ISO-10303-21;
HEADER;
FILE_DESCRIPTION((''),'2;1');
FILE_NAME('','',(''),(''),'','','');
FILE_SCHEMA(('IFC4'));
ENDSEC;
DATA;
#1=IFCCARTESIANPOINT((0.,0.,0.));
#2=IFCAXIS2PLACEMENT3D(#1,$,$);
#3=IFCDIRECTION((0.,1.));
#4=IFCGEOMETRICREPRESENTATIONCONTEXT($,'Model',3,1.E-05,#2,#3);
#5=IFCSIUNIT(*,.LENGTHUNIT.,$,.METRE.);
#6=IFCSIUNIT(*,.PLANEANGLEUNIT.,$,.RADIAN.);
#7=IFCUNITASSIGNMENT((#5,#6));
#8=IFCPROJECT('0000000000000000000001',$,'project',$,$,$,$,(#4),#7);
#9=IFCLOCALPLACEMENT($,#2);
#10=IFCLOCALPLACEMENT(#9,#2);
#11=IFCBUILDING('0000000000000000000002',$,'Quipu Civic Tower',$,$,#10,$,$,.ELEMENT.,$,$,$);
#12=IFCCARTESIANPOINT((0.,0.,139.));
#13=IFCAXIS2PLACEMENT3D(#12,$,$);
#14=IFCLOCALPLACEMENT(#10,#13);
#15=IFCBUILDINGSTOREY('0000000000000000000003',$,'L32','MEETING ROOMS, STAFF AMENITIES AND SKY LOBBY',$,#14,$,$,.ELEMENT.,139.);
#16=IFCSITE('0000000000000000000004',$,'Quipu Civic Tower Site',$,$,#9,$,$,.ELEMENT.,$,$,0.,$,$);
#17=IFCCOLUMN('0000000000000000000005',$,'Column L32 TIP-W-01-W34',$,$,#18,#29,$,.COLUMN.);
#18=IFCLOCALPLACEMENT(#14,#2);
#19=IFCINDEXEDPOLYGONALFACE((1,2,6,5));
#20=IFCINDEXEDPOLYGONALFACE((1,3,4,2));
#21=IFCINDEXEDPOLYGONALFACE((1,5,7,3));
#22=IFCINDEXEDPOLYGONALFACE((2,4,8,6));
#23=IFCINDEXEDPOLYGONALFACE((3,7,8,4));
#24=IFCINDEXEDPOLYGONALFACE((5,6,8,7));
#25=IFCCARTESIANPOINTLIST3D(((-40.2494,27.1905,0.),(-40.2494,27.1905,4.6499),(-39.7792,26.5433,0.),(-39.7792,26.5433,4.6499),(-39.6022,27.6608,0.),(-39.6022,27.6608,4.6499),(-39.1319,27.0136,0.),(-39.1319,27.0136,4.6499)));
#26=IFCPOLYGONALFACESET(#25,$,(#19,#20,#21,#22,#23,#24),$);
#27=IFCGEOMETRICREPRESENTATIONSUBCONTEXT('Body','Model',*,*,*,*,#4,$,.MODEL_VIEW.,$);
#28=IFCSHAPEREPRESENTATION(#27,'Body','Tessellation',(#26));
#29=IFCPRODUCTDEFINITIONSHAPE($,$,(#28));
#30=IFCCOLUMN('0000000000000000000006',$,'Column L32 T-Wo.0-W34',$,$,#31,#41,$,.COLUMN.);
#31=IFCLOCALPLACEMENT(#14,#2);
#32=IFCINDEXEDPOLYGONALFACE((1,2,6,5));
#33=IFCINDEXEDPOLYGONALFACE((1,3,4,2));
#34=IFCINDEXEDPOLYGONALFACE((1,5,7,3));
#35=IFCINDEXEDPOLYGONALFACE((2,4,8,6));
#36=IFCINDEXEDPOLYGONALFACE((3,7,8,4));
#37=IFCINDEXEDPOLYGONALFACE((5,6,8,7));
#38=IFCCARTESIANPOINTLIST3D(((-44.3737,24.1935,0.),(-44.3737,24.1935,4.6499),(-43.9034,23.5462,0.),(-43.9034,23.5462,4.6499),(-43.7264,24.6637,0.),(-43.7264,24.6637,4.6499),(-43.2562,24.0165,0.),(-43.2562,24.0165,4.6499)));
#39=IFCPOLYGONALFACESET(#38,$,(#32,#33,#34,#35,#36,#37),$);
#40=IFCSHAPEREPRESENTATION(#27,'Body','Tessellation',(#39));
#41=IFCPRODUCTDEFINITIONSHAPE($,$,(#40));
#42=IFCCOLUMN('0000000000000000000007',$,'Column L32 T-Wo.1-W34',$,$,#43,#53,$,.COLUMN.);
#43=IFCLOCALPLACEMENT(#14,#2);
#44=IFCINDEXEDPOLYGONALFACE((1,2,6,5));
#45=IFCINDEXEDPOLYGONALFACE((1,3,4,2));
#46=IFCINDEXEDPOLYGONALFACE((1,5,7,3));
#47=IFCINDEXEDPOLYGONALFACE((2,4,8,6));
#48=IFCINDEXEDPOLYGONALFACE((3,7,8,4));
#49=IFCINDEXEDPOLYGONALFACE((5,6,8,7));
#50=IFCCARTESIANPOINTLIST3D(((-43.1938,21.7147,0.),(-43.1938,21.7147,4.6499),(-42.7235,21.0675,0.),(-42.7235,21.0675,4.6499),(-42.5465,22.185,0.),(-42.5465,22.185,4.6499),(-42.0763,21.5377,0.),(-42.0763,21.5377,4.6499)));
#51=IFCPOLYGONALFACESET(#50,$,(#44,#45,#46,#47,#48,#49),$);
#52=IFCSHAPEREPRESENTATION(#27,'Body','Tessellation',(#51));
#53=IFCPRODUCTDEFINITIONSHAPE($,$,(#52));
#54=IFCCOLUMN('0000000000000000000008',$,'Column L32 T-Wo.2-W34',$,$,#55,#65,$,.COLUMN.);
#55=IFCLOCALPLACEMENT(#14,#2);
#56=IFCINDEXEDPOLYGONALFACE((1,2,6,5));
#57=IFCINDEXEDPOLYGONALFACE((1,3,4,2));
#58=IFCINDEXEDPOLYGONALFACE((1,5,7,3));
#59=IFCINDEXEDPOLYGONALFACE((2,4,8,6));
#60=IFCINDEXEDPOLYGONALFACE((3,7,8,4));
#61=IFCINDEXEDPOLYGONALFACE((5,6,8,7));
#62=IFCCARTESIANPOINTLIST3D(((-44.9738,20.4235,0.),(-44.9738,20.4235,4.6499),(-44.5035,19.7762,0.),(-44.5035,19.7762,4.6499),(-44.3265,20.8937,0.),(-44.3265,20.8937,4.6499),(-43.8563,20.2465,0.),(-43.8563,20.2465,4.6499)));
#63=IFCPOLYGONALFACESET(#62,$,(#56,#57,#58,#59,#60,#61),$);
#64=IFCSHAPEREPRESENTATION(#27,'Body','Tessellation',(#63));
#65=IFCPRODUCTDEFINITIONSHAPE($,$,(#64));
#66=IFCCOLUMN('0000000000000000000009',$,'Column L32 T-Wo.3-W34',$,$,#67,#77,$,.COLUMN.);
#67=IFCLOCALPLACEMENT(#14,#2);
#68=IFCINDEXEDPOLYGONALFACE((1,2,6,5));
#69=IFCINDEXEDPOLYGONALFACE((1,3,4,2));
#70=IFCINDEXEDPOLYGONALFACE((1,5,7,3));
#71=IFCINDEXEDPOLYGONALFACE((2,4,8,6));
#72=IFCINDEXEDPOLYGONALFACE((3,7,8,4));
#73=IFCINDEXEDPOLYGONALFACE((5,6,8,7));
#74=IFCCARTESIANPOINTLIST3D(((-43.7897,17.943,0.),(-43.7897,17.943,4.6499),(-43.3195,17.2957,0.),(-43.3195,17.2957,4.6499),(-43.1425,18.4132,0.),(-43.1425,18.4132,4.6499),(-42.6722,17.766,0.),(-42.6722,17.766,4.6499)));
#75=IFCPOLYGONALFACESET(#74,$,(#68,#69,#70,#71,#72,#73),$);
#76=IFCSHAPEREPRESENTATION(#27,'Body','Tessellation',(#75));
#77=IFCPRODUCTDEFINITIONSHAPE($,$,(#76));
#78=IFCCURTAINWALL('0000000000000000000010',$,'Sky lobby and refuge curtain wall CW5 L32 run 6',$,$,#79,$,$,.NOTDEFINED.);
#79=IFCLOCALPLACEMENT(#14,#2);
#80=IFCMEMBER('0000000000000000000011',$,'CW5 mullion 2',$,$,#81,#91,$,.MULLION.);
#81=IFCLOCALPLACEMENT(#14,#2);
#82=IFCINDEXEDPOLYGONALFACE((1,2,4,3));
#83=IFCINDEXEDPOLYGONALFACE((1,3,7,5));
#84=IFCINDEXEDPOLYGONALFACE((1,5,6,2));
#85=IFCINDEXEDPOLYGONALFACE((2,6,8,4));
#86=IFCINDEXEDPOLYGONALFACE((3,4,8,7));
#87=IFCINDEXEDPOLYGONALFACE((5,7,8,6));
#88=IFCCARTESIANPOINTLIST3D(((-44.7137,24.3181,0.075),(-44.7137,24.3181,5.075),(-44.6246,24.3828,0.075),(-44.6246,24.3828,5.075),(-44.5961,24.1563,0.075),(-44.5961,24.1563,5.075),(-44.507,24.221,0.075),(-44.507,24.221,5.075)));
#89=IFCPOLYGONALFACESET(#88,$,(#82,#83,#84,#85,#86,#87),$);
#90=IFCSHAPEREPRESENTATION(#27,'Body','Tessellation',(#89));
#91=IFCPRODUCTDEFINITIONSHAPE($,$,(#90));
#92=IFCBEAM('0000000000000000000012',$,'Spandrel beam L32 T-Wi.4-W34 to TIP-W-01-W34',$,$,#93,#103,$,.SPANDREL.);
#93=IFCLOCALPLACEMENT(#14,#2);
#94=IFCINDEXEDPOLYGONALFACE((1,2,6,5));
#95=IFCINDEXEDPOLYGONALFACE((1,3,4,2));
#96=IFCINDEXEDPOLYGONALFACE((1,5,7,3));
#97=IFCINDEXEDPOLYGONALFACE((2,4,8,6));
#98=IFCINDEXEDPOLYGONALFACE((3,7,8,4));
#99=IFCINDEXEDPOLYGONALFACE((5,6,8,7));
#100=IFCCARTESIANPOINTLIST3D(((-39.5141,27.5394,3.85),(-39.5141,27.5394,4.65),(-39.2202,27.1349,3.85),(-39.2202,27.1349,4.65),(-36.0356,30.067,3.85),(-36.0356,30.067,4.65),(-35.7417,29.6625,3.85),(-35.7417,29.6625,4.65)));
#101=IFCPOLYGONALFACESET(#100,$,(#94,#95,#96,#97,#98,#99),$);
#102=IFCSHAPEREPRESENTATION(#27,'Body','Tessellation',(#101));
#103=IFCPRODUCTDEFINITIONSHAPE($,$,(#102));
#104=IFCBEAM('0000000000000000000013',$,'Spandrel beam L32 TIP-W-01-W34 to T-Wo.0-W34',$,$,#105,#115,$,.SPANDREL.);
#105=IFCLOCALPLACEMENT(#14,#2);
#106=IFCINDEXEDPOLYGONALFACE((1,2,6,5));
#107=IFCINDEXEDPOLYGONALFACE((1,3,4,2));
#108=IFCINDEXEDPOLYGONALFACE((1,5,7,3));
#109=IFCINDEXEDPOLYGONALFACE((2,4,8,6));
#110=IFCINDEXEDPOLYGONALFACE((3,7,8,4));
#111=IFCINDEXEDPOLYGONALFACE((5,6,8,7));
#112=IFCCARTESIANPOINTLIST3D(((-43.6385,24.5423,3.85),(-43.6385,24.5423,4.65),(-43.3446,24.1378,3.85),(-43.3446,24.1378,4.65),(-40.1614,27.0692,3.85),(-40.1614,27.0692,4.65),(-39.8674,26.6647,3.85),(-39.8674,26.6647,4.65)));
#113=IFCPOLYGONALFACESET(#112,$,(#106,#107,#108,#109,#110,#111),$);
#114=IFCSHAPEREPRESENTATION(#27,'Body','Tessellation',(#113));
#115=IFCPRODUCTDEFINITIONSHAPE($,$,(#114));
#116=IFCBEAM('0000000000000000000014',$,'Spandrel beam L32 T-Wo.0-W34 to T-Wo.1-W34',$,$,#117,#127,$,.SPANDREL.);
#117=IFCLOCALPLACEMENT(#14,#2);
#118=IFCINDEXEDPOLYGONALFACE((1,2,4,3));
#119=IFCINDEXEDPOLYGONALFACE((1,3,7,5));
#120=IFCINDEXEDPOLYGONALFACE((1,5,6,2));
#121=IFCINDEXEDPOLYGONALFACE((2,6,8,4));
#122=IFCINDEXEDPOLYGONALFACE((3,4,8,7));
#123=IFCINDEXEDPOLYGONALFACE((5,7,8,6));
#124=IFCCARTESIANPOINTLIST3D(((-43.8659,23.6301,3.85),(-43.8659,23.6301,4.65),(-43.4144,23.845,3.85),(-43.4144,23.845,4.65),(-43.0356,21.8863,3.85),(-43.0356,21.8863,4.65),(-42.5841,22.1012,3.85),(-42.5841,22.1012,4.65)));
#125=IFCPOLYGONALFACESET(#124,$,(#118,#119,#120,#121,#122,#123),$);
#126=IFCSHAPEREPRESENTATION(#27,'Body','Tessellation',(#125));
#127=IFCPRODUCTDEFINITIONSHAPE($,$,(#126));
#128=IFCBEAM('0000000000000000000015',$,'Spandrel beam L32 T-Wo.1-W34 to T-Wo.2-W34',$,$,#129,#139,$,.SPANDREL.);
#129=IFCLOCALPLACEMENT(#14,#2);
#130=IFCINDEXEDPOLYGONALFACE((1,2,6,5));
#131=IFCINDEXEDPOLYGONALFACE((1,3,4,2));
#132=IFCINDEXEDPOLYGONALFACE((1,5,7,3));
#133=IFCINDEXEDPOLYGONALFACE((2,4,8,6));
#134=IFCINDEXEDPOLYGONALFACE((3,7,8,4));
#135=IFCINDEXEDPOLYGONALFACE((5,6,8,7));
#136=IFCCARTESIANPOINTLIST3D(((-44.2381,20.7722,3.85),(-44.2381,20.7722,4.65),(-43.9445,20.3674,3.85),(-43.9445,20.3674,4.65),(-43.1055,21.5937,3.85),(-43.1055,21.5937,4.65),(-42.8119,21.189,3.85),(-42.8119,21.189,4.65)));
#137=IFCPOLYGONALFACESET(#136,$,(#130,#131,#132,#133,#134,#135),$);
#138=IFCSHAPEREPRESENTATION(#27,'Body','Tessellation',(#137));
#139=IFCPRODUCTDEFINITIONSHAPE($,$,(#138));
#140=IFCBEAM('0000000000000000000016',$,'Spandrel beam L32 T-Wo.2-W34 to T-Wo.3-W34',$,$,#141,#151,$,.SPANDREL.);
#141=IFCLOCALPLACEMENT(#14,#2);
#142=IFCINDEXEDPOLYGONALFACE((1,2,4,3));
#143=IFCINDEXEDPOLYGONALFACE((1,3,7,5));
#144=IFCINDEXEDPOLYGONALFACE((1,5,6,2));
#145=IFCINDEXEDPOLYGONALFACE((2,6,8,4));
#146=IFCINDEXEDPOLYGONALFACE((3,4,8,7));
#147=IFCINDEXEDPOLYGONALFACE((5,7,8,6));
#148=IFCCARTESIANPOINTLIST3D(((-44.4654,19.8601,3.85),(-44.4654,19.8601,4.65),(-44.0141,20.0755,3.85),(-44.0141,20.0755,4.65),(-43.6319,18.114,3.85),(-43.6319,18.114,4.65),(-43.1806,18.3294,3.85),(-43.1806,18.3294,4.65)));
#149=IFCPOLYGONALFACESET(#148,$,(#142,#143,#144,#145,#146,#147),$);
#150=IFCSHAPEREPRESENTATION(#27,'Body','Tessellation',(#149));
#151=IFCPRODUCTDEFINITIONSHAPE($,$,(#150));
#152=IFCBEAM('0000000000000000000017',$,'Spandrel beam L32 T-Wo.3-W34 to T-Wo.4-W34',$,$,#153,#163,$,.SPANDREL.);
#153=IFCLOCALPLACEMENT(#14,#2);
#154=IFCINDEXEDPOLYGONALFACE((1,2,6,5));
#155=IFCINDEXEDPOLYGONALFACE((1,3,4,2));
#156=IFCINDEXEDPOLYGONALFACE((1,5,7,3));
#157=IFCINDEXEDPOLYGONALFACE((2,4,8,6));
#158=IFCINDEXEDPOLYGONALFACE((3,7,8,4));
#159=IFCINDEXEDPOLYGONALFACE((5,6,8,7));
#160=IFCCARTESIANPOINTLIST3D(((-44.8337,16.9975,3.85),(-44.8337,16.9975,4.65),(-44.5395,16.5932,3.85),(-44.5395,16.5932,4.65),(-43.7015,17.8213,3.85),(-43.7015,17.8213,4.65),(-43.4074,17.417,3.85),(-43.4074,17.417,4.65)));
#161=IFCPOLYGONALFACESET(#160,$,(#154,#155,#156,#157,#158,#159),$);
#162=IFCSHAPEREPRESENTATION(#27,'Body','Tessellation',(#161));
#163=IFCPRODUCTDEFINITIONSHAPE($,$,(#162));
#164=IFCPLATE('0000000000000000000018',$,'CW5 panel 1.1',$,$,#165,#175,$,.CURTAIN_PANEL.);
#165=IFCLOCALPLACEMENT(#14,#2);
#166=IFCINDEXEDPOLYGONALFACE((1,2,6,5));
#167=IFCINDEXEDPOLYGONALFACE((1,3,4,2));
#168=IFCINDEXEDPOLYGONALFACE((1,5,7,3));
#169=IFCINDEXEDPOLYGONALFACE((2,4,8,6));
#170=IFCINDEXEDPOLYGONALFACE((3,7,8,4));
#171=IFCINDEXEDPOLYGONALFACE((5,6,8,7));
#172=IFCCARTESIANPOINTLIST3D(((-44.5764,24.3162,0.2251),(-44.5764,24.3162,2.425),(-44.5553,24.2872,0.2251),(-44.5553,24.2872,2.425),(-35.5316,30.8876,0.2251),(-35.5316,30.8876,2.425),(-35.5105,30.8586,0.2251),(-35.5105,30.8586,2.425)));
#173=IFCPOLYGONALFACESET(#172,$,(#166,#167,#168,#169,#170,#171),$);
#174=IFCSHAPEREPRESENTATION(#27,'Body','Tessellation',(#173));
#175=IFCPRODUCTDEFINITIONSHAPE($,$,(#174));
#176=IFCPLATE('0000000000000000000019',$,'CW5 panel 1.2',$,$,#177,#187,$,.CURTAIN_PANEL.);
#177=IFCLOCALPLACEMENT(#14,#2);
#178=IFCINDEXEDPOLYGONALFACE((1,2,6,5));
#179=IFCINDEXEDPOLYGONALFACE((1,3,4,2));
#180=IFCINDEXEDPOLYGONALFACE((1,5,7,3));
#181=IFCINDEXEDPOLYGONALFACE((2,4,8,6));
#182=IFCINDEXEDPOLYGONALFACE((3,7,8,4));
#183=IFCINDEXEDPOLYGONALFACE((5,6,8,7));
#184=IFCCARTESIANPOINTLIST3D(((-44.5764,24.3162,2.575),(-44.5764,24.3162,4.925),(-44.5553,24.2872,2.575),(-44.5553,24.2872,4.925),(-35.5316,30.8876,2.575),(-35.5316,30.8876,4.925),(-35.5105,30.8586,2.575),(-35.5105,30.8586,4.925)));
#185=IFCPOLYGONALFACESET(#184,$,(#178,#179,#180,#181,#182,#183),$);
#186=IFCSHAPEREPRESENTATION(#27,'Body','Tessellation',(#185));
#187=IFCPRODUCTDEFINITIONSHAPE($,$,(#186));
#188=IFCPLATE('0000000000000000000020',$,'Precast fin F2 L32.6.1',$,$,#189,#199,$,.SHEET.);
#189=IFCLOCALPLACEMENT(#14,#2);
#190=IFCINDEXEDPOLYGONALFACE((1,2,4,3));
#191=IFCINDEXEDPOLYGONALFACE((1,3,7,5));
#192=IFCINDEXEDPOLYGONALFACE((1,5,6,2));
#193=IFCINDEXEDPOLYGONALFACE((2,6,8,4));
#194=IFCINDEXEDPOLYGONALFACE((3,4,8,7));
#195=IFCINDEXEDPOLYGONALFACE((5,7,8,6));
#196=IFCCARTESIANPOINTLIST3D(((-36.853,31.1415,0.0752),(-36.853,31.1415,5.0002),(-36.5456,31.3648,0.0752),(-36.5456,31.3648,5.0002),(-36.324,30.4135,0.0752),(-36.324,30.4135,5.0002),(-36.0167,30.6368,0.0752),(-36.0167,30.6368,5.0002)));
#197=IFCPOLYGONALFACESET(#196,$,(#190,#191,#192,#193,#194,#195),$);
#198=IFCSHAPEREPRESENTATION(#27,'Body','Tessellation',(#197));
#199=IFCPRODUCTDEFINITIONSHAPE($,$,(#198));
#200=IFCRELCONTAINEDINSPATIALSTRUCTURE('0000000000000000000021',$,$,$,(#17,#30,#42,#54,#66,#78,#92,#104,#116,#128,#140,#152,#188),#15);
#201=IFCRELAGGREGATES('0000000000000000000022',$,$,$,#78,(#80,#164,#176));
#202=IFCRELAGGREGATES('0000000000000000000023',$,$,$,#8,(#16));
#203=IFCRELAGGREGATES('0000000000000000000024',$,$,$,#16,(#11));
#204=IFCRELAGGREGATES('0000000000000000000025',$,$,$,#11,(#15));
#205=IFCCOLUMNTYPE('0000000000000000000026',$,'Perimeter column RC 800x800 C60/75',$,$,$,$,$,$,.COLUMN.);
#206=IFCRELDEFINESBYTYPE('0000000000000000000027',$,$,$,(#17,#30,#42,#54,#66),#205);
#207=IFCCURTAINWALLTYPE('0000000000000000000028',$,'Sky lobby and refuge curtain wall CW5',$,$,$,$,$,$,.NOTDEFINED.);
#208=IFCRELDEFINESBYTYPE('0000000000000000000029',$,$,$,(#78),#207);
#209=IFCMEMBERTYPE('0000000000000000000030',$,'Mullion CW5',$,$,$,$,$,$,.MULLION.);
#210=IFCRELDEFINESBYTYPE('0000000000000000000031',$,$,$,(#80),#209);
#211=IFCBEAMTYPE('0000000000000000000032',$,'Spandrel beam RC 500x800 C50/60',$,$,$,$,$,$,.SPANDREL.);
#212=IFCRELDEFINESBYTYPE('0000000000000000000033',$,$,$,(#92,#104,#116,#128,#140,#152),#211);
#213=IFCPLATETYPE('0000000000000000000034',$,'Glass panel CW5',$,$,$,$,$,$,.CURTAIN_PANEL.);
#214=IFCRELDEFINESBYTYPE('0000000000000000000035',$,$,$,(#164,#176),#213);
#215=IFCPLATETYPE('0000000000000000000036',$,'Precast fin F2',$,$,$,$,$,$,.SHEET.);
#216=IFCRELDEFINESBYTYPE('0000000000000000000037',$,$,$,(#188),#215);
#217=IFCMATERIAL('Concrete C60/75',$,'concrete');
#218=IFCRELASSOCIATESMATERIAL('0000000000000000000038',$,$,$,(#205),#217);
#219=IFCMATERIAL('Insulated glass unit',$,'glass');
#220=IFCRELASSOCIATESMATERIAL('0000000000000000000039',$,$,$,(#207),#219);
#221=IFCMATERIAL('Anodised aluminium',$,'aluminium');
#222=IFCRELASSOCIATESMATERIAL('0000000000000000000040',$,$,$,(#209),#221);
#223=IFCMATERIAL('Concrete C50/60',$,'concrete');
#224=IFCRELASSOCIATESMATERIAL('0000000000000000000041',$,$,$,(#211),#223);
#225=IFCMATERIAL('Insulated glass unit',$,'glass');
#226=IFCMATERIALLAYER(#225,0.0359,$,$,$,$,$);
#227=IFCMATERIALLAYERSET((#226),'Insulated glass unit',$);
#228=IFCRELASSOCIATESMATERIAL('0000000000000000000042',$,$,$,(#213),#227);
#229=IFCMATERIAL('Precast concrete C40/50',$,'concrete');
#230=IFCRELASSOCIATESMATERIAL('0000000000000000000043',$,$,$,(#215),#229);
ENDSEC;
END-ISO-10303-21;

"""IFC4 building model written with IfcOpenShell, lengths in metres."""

from ifc_helpers import new_model, si_unit, direction, frame, origin, origin_2d, place, context, subcontext, project, spatial, rectangle, extrude, material, layer, layer_set, material_profile, profile_set, type_object, element, aggregate, save


model = new_model("IFC4")

# Units and contexts
model_context = context("Model", 3, precision=1e-05, world=origin(), true_north=direction((0.0, 1.0)))
body_context = subcontext(model_context, "Body", "Model", "MODEL_VIEW")
ifc_project = project(units=[si_unit("LENGTHUNIT", "METRE"), si_unit("PLANEANGLEUNIT", "RADIAN")], contexts=[model_context])

# Site, building, storey
site_placement = place(None, origin())
site = spatial("IfcSite", under=ifc_project, at=site_placement, Name="Quipu Civic Tower Site", CompositionType="ELEMENT", RefElevation=0.0)
building_placement = place(site_placement, origin())
building = spatial("IfcBuilding", under=site, at=building_placement, Name="Quipu Civic Tower", CompositionType="ELEMENT")
storey_placement = place(building_placement, frame((0.0, 0.0, 139.0)))
storey = spatial("IfcBuildingStorey", under=building, at=storey_placement, Name="L32", Description="MEETING ROOMS, STAFF AMENITIES AND SKY LOBBY", CompositionType="ELEMENT", Elevation=139.0)

# Columns
ifc_material_1 = material(Name="Concrete C60/75", Category="concrete")
ifc_material_profile_1 = material_profile(ifc_material_1, rectangle(XDim=0.8, YDim=0.8, at=origin_2d()), Name="RC800x800")
ifc_profile_set_1 = profile_set([ifc_material_profile_1], Name="Concrete C60/75")
column_type = type_object("IfcColumnType", Name="Perimeter column RC 800x800 C60/75", PredefinedType="COLUMN", material=ifc_profile_set_1)
for number, where, z_axis, x_axis, name in (
    (1, (-39.6907, 27.1021, 0.0), (0.0, 0.0, 1.0), (-0.809017, -0.587785, 0.0), "Column L32 TIP-W-01-W34"),
    (2, (-43.8149, 24.105, 0.0), (0.0, 0.0, 1.0), (-0.809017, -0.587785, 0.0), "Column L32 T-Wo.0-W34"),
    (3, (-42.635, 21.6262, 0.0), (0.0, 0.0, 1.0), (-0.809017, -0.587785, 0.0), "Column L32 T-Wo.1-W34"),
    (4, (-44.415, 20.335, 0.0), (0.0, 0.0, 1.0), (0.587785, -0.809017, 0.0), "Column L32 T-Wo.2-W34"),
    (5, (-43.231, 17.8545, 0.0), (0.0, 0.0, 1.0), (0.587785, -0.809017, 0.0), "Column L32 T-Wo.3-W34"),
):
    element("IfcColumn", number, at=place(storey_placement, frame(where, z_axis=z_axis, x_axis=x_axis)), inside=storey, type_object=column_type, Name=name, PredefinedType="COLUMN", context=body_context, shape_type="SweptSolid", body=[
        extrude(rectangle(XDim=0.8, YDim=0.8, at=origin_2d()), origin(), (0.0, 0.0, 1.0), 4.6499),
    ])

# Curtain wall, member
ifc_material_2 = material(Name="Insulated glass unit", Category="glass")
curtain_wall_type = type_object("IfcCurtainWallType", Name="Sky lobby and refuge curtain wall CW5", PredefinedType="NOTDEFINED", material=ifc_material_2)
curtain_wall_placement = place(storey_placement, origin())
curtain_wall = element("IfcCurtainWall", 6, at=curtain_wall_placement, inside=storey, type_object=curtain_wall_type, Name="Sky lobby and refuge curtain wall CW5 L32 run 6", PredefinedType="NOTDEFINED")
ifc_material_3 = material(Name="Anodised aluminium", Category="aluminium")
ifc_material_profile_2 = material_profile(ifc_material_3, rectangle(XDim=0.2, YDim=0.1101, at=origin_2d()), Name="RECT 200x110")
ifc_profile_set_2 = profile_set([ifc_material_profile_2], Name="Anodised aluminium")
member_type = type_object("IfcMemberType", Name="Mullion CW5", PredefinedType="MULLION", material=ifc_profile_set_2)
member_placement = place(storey_placement, frame((-44.6104, 24.2695, 0.075), z_axis=(0.0, 0.0, 1.0), x_axis=(0.587788, -0.809015, 0.0)))
member = element("IfcMember", 7, at=member_placement, type_object=member_type, Name="CW5 mullion 2", PredefinedType="MULLION", context=body_context, shape_type="SweptSolid", body=[
    extrude(rectangle(XDim=0.2, YDim=0.1101, at=origin_2d()), origin(), (0.0, 0.0, 1.0), 5.0),
])

# Beams
ifc_material_4 = material(Name="Concrete C50/60", Category="concrete")
ifc_material_profile_3 = material_profile(ifc_material_4, rectangle(XDim=0.5, YDim=0.8, at=origin_2d()), Name="RC500x800")
ifc_profile_set_3 = profile_set([ifc_material_profile_3], Name="Concrete C50/60")
beam_type = type_object("IfcBeamType", Name="Spandrel beam RC 500x800 C50/60", PredefinedType="SPANDREL", material=ifc_profile_set_3)
beam_1_placement = place(storey_placement, frame((-35.8887, 29.8647, 4.25), z_axis=(-0.808984, -0.587831, 0.0), x_axis=(0.587831, -0.808984, 0.0)))
element("IfcBeam", 8, at=beam_1_placement, inside=storey, type_object=beam_type, Name="Spandrel beam L32 T-Wi.4-W34 to TIP-W-01-W34", PredefinedType="SPANDREL", context=body_context, shape_type="SweptSolid", body=[
    extrude(rectangle(XDim=0.5, YDim=0.8, at=origin_2d()), origin(), (0.0, 0.0, 1.0), 4.2998),
])
beam_2_placement = place(storey_placement, frame((-40.0144, 26.8669, 4.25), z_axis=(-0.808947, -0.587881, 0.0), x_axis=(0.587881, -0.808947, 0.0)))
element("IfcBeam", 9, at=beam_2_placement, inside=storey, type_object=beam_type, Name="Spandrel beam L32 TIP-W-01-W34 to T-Wo.0-W34", PredefinedType="SPANDREL", context=body_context, shape_type="SweptSolid", body=[
    extrude(rectangle(XDim=0.5, YDim=0.8, at=origin_2d()), origin(), (0.0, 0.0, 1.0), 4.2983),
])
beam_3_placement = place(storey_placement, frame((-43.6401, 23.7375, 4.25), z_axis=(0.429889, -0.902882, 0.0), x_axis=(0.902882, 0.429889, 0.0)))
element("IfcBeam", 10, at=beam_3_placement, inside=storey, type_object=beam_type, Name="Spandrel beam L32 T-Wo.0-W34 to T-Wo.1-W34", PredefinedType="SPANDREL", context=body_context, shape_type="SweptSolid", body=[
    extrude(rectangle(XDim=0.5, YDim=0.8, at=origin_2d()), origin(), (0.0, 0.0, 1.0), 1.9314),
])
beam_4_placement = place(storey_placement, frame((-42.9587, 21.3914, 4.25), z_axis=(-0.809467, -0.587165, 0.0), x_axis=(0.587165, -0.809467, 0.0)))
element("IfcBeam", 11, at=beam_4_placement, inside=storey, type_object=beam_type, Name="Spandrel beam L32 T-Wo.1-W34 to T-Wo.2-W34", PredefinedType="SPANDREL", context=body_context, shape_type="SweptSolid", body=[
    extrude(rectangle(XDim=0.5, YDim=0.8, at=origin_2d()), origin(), (0.0, 0.0, 1.0), 1.3992),
])
beam_5_placement = place(storey_placement, frame((-44.2397, 19.9678, 4.25), z_axis=(0.430786, -0.902454, 0.0), x_axis=(0.902454, 0.430786, 0.0)))
element("IfcBeam", 12, at=beam_5_placement, inside=storey, type_object=beam_type, Name="Spandrel beam L32 T-Wo.2-W34 to T-Wo.3-W34", PredefinedType="SPANDREL", context=body_context, shape_type="SweptSolid", body=[
    extrude(rectangle(XDim=0.5, YDim=0.8, at=origin_2d()), origin(), (0.0, 0.0, 1.0), 1.9348),
])
beam_6_placement = place(storey_placement, frame((-43.5544, 17.6191, 4.25), z_axis=(-0.8086, -0.588358, 0.0), x_axis=(0.588358, -0.8086, 0.0)))
element("IfcBeam", 13, at=beam_6_placement, inside=storey, type_object=beam_type, Name="Spandrel beam L32 T-Wo.3-W34 to T-Wo.4-W34", PredefinedType="SPANDREL", context=body_context, shape_type="SweptSolid", body=[
    extrude(rectangle(XDim=0.5, YDim=0.8, at=origin_2d()), origin(), (0.0, 0.0, 1.0), 1.4001),
])

# Plates
ifc_material_5 = material(Name="Insulated glass unit", Category="glass")
ifc_layer_1 = layer(ifc_material_5, 0.0359)
ifc_layer_set_1 = layer_set([ifc_layer_1], Name="Insulated glass unit")
plate_type_1 = type_object("IfcPlateType", Name="Glass panel CW5", PredefinedType="CURTAIN_PANEL", material=ifc_layer_set_1)
plate_1_placement = place(storey_placement, frame((-40.0435, 27.5874, 0.2251), z_axis=(0.0, 0.0, 1.0), x_axis=(-0.809015, -0.587788, 0.0)))
plate_1 = element("IfcPlate", 14, at=plate_1_placement, type_object=plate_type_1, Name="CW5 panel 1.1", PredefinedType="CURTAIN_PANEL", context=body_context, shape_type="SweptSolid", body=[
    extrude(rectangle(XDim=11.1799, YDim=0.0359, at=origin_2d()), origin(), (0.0, 0.0, 1.0), 2.2),
])
plate_2_placement = place(storey_placement, frame((-40.0435, 27.5874, 2.575), z_axis=(0.0, 0.0, 1.0), x_axis=(-0.809015, -0.587788, 0.0)))
plate_2 = element("IfcPlate", 15, at=plate_2_placement, type_object=plate_type_1, Name="CW5 panel 1.2", PredefinedType="CURTAIN_PANEL", context=body_context, shape_type="SweptSolid", body=[
    extrude(rectangle(XDim=11.1799, YDim=0.0359, at=origin_2d()), origin(), (0.0, 0.0, 1.0), 2.3501),
])
aggregate(curtain_wall, [member, plate_1, plate_2])

# Plate
ifc_material_6 = material(Name="Precast concrete C40/50", Category="concrete")
plate_type_2 = type_object("IfcPlateType", Name="Precast fin F2", PredefinedType="SHEET", material=ifc_material_6)
for number, where, z_axis, x_axis, name in (
    (16, (-36.4348, 30.8892, 0.0752), (0.0, 0.0, 1.0), (-0.809017, -0.587785, 0.0), "Precast fin F2 L32.6.1"),
):
    element("IfcPlate", number, at=place(storey_placement, frame(where, z_axis=z_axis, x_axis=x_axis)), inside=storey, type_object=plate_type_2, Name=name, PredefinedType="SHEET", context=body_context, shape_type="SweptSolid", body=[
        extrude(rectangle(XDim=0.3799, YDim=0.8999, at=origin_2d()), origin(), (0.0, 0.0, 1.0), 4.925),
    ])

save(model, "model.ifc")
